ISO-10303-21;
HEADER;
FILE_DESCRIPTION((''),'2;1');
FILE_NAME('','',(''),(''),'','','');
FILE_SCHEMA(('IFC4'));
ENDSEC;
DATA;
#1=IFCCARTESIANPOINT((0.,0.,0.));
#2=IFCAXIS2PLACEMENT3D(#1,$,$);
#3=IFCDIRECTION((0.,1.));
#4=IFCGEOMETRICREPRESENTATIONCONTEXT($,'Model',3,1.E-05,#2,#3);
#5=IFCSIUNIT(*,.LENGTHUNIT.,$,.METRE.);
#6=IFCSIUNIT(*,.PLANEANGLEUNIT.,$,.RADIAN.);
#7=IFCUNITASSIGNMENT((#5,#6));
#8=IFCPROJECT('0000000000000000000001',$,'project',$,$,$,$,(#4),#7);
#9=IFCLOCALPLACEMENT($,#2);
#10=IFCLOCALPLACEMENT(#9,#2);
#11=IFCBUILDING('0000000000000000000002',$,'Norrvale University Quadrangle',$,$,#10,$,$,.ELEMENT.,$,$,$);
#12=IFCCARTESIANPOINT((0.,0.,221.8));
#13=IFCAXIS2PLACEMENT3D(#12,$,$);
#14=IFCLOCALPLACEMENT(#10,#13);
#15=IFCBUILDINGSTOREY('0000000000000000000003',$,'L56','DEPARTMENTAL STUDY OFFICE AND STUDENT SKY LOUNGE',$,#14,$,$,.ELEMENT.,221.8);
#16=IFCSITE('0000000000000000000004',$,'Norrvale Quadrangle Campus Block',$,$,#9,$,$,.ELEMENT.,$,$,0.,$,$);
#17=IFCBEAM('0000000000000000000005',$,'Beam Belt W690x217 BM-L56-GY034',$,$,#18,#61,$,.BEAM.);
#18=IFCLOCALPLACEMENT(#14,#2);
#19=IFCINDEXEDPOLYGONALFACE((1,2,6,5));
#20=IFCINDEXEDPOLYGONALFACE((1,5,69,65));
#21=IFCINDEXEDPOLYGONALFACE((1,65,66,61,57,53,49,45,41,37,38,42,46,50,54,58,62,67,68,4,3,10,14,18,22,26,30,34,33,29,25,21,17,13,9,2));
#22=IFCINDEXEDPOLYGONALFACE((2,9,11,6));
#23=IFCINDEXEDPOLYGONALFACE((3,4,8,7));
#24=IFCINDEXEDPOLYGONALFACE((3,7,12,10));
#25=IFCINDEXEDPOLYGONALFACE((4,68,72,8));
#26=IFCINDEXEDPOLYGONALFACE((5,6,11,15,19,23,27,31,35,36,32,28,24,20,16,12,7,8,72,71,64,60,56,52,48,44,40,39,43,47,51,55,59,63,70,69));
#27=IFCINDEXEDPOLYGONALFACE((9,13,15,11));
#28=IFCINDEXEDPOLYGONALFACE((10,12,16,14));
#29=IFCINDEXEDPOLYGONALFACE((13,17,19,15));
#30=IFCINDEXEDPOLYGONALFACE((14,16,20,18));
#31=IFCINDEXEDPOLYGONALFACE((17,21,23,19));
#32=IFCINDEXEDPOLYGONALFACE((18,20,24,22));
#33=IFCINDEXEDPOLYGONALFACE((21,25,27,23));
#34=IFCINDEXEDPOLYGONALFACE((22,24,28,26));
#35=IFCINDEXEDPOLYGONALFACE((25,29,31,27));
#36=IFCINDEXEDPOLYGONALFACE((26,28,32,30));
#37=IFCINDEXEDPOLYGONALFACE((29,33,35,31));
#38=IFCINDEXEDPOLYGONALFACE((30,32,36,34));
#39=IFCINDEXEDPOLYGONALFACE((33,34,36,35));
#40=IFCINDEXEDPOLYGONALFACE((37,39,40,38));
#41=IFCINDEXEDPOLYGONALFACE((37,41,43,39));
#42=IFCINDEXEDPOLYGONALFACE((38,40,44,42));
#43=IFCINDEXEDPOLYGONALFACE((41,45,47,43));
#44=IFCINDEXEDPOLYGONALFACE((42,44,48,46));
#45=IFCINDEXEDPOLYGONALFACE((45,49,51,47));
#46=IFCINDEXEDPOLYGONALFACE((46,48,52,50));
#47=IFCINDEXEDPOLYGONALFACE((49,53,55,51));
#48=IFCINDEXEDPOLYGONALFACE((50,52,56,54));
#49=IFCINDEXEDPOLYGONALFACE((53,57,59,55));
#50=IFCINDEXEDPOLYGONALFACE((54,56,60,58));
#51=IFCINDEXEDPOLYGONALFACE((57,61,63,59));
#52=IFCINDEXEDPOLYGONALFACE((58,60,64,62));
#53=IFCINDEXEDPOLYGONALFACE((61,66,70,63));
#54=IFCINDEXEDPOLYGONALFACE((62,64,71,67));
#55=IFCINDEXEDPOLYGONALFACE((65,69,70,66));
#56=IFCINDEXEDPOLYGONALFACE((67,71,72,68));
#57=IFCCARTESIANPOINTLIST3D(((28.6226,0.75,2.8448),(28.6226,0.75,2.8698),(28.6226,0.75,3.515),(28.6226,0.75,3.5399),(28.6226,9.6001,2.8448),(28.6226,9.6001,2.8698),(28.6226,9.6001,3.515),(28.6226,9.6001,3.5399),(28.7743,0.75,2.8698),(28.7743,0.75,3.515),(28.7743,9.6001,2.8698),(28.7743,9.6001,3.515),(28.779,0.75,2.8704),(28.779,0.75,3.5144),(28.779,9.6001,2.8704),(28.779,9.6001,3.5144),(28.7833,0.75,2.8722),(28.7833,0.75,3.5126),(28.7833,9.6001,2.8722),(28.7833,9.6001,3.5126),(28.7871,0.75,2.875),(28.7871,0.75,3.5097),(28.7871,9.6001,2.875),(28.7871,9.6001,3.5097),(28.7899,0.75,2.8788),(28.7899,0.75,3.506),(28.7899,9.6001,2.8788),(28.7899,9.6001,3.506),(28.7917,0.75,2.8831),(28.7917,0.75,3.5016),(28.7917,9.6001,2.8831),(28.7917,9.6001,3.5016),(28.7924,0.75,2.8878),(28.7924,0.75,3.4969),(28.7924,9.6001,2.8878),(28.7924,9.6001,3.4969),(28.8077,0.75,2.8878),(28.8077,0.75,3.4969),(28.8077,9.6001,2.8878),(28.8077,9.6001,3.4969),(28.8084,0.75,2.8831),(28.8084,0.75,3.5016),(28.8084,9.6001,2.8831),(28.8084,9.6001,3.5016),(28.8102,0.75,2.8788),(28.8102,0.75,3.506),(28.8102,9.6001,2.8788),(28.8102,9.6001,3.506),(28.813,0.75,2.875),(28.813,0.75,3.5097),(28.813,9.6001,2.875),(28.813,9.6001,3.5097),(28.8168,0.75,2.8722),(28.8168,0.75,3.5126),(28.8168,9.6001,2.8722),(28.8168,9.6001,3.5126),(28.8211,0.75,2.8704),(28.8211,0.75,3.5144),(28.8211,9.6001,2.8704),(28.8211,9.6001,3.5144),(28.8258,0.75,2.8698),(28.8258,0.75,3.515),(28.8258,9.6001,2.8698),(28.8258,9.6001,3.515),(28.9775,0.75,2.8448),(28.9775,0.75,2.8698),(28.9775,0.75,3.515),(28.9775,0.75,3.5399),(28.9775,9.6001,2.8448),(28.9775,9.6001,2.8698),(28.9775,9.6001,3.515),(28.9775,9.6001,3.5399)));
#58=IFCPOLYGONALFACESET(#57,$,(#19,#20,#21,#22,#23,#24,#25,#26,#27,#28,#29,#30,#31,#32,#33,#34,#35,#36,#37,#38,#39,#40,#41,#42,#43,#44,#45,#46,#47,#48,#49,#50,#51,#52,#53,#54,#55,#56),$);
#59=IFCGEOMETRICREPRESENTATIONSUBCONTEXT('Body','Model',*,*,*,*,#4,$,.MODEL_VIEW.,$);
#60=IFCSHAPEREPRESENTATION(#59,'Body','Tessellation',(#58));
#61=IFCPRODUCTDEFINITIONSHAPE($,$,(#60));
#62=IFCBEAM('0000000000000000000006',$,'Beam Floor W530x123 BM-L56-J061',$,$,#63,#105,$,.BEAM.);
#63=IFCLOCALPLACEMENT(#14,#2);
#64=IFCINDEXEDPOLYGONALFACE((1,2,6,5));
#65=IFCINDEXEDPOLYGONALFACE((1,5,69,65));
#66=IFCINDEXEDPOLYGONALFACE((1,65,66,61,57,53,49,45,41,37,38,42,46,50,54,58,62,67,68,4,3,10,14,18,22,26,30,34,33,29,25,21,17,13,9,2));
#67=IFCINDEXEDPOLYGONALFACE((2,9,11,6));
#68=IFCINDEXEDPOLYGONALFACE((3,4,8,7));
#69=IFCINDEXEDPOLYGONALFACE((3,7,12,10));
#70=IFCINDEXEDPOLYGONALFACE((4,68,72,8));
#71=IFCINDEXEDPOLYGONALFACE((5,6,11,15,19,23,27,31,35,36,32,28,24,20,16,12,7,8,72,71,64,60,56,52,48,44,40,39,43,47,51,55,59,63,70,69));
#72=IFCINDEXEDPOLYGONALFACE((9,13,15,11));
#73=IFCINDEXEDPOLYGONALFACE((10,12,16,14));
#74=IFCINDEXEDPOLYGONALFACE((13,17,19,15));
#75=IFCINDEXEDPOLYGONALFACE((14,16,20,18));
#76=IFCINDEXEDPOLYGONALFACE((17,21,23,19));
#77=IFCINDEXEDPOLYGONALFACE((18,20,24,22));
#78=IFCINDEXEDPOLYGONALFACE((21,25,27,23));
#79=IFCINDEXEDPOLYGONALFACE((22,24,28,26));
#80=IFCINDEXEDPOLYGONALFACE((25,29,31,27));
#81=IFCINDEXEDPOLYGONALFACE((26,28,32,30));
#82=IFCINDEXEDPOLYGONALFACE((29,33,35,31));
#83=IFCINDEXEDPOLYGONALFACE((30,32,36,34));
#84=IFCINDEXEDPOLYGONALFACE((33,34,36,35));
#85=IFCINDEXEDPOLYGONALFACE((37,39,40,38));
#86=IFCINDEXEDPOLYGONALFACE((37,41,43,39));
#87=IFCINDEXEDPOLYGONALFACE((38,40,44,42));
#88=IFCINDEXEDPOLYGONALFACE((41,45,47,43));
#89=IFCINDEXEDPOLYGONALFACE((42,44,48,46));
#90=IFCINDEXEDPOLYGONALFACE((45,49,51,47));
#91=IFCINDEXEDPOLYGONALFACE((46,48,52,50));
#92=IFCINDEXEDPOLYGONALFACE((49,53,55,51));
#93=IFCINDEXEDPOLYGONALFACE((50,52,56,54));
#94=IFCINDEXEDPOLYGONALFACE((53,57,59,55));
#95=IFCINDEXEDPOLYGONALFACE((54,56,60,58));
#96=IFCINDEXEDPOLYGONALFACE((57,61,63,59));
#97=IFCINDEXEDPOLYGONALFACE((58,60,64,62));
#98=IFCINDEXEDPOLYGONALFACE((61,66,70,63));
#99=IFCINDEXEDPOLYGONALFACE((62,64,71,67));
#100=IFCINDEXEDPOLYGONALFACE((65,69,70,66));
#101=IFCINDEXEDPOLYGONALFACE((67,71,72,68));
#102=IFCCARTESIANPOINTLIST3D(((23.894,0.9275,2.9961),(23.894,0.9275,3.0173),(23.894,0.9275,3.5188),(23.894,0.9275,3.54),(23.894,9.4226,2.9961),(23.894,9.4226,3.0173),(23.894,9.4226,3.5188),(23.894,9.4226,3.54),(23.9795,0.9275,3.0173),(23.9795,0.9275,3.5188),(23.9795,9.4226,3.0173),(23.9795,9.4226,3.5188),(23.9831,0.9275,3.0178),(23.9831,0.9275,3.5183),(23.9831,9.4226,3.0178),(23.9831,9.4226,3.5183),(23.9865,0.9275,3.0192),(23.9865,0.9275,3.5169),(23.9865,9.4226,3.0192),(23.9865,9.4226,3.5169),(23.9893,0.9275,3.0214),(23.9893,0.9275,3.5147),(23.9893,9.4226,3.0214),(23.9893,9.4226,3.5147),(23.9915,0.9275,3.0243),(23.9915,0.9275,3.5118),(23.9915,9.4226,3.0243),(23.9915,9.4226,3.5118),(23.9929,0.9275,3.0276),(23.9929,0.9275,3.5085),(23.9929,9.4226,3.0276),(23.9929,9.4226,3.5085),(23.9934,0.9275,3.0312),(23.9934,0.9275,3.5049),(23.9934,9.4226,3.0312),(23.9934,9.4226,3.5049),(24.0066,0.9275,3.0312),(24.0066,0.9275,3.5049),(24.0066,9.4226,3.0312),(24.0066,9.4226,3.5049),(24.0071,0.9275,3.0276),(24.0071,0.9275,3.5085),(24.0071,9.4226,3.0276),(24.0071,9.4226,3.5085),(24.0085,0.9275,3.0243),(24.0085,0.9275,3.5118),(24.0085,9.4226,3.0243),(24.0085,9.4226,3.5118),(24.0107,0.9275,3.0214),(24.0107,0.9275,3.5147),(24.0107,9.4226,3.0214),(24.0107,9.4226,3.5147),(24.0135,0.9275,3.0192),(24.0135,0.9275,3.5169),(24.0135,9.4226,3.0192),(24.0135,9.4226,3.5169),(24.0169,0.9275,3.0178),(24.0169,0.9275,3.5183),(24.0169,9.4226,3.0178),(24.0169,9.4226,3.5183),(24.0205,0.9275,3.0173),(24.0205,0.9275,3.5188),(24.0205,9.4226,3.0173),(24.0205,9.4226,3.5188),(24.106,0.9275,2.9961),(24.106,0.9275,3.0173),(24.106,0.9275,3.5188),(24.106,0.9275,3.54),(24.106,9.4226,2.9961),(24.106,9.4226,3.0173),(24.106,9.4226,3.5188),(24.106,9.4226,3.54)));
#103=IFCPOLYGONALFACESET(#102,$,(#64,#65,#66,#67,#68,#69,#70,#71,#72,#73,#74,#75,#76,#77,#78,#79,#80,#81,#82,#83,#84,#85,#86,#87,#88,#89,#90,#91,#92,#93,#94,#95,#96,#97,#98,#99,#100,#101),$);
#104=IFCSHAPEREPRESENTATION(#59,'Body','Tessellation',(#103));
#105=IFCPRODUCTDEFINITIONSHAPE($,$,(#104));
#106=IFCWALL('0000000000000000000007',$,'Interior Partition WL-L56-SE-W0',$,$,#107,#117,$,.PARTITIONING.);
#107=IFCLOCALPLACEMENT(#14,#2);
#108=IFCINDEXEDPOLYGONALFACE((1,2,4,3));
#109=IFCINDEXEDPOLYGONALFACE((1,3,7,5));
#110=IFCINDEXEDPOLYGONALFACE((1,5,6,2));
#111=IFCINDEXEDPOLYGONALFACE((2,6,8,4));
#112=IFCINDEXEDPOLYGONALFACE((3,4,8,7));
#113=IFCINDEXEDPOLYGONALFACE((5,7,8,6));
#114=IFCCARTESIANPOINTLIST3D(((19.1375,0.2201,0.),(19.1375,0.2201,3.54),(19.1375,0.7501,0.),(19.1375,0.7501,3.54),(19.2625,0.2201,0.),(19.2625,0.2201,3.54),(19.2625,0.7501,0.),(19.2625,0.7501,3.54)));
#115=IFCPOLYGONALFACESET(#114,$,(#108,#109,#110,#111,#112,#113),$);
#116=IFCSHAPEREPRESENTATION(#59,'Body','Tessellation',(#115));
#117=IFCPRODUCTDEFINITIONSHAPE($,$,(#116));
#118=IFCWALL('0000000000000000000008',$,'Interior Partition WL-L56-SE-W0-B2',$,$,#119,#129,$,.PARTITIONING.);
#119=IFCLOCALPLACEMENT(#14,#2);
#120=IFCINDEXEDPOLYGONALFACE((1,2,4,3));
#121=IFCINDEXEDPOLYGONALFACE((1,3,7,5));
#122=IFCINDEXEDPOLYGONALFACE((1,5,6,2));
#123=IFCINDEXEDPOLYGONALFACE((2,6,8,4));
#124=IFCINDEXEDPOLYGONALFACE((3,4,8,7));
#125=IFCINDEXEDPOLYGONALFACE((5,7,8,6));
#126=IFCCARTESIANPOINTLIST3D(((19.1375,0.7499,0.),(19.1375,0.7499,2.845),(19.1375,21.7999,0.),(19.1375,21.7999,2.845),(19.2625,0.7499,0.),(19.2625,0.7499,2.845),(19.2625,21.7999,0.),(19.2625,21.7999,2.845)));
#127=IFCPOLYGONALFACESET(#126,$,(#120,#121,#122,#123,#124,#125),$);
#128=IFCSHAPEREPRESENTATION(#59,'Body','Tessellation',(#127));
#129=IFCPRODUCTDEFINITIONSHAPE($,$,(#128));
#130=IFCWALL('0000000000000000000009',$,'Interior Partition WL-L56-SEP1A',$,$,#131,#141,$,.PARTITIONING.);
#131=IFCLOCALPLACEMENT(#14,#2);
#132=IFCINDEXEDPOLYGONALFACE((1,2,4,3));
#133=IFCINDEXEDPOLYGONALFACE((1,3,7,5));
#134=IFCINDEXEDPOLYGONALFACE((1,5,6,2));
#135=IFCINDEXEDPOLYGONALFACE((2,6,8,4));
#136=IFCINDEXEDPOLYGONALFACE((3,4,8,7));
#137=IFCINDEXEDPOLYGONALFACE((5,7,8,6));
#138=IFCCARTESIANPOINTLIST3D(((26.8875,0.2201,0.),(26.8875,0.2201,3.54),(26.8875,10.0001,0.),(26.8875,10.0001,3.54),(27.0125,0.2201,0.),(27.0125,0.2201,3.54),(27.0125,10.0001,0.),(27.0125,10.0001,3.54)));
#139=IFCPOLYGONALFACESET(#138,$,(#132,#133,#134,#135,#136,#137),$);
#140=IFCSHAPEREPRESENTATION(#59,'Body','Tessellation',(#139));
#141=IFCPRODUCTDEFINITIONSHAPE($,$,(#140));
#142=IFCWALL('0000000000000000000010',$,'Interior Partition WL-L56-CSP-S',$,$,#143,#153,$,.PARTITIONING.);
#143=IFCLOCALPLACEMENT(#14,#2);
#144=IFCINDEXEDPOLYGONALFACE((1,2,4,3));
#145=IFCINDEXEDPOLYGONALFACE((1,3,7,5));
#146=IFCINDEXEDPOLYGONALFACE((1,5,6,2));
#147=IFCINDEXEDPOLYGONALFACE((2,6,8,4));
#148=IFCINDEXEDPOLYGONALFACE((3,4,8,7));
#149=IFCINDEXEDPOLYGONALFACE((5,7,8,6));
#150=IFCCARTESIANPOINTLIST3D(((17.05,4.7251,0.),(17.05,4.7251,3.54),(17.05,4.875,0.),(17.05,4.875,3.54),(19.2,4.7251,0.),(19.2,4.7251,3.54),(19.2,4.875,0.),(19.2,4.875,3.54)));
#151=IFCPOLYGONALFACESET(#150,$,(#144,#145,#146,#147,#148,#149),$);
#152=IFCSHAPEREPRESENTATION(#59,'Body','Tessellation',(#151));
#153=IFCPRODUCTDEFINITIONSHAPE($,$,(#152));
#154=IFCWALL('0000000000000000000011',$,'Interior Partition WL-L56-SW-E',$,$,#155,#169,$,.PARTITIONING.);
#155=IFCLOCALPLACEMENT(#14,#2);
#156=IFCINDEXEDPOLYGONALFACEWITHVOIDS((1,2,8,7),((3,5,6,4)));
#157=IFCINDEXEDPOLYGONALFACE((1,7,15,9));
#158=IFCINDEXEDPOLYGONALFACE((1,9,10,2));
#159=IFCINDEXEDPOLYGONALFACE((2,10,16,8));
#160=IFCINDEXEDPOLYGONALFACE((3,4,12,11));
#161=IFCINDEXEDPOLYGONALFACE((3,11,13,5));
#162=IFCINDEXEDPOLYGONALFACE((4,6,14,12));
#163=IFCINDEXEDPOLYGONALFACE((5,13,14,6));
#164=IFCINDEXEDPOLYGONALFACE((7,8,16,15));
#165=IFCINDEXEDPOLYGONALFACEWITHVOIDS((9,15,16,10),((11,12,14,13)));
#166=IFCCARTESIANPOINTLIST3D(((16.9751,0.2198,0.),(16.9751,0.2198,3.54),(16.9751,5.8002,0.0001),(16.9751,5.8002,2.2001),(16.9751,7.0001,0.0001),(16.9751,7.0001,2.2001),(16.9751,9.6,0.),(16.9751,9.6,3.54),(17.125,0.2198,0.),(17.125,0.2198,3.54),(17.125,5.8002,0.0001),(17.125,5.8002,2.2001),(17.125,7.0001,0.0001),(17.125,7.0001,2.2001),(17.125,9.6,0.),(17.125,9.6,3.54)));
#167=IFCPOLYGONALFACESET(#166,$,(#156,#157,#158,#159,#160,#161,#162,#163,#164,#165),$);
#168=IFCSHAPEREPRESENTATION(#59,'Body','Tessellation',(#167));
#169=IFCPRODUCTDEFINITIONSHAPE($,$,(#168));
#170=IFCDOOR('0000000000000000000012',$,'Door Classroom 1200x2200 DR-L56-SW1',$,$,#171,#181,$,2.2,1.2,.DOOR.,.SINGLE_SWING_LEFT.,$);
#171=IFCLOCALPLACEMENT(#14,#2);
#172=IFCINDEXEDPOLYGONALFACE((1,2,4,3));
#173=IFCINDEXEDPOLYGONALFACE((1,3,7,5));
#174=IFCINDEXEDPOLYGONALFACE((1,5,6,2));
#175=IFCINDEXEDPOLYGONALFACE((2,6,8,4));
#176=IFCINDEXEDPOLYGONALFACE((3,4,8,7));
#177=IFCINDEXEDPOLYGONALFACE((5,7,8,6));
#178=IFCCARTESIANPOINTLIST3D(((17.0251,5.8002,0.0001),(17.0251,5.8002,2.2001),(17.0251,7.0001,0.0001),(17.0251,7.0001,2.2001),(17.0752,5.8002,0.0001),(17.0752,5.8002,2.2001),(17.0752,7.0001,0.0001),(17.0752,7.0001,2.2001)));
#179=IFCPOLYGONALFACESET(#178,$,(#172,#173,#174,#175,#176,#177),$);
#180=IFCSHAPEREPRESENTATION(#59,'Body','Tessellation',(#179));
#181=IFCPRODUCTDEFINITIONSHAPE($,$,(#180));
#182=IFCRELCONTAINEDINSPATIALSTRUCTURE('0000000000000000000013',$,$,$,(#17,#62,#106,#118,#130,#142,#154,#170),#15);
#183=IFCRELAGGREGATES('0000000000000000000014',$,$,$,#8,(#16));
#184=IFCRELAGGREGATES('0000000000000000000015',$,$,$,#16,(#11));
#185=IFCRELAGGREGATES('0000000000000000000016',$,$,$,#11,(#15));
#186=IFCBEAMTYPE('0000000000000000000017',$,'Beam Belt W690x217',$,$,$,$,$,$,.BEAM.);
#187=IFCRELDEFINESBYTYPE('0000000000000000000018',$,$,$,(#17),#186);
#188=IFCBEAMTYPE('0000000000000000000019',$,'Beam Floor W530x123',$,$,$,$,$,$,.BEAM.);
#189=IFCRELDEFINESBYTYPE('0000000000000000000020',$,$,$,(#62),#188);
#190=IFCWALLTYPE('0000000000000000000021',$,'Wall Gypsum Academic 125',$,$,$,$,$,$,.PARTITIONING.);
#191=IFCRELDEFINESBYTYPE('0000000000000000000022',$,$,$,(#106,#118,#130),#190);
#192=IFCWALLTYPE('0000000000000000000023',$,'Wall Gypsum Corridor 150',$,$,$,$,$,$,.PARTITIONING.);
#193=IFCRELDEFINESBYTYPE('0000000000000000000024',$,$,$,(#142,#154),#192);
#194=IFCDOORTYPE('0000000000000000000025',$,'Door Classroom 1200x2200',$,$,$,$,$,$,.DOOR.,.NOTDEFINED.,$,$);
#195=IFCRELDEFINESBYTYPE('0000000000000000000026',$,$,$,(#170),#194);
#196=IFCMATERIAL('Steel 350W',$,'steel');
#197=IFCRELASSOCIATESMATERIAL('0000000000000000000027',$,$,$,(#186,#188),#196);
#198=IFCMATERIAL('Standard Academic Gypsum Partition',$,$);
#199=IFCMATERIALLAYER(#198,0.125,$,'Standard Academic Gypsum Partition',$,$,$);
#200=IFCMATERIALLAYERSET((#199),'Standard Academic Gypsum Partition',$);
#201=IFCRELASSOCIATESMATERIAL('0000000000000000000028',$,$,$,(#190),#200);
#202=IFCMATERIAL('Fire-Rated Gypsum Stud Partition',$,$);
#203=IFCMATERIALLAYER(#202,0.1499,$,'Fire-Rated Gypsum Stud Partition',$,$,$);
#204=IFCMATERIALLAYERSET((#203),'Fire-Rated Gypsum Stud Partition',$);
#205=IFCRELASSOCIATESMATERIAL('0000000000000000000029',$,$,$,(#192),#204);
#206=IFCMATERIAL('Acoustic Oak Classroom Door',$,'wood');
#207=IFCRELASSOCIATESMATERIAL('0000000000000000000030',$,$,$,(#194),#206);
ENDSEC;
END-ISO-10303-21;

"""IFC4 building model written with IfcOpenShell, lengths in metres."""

from ifc_helpers import new_model, si_unit, direction, frame, frame_2d, origin, origin_2d, place, context, subcontext, project, spatial, rectangle, i_section, extrude, material, layer, layer_set, material_profile, profile_set, type_object, element, fill, save


model = new_model("IFC4")

# Units and contexts
model_context = context("Model", 3, precision=1e-05, world=origin(), true_north=direction((0.0, 1.0)))
body_context = subcontext(model_context, "Body", "Model", "MODEL_VIEW")
ifc_project = project(units=[si_unit("LENGTHUNIT", "METRE"), si_unit("PLANEANGLEUNIT", "RADIAN")], contexts=[model_context])

# Site, building, storey
site_placement = place(None, origin())
site = spatial("IfcSite", under=ifc_project, at=site_placement, Name="Norrvale Quadrangle Campus Block", CompositionType="ELEMENT", RefElevation=0.0)
building_placement = place(site_placement, origin())
building = spatial("IfcBuilding", under=site, at=building_placement, Name="Norrvale University Quadrangle", CompositionType="ELEMENT")
storey_placement = place(building_placement, frame((0.0, 0.0, 221.8)))
storey = spatial("IfcBuildingStorey", under=building, at=storey_placement, Name="L56", Description="DEPARTMENTAL STUDY OFFICE AND STUDENT SKY LOUNGE", CompositionType="ELEMENT", Elevation=221.8)

# Beams
ifc_material_1 = material(Name="Steel 350W", Category="steel")
ifc_material_profile_1 = material_profile(ifc_material_1, i_section(OverallWidth=0.355, OverallDepth=0.6951, WebThickness=0.0154, FlangeThickness=0.0249, FilletRadius=0.0181, at=origin_2d()), Name="Steel 350W")
ifc_profile_set_1 = profile_set([ifc_material_profile_1], Name="Steel 350W")
beam_type_1 = type_object("IfcBeamType", Name="Beam Belt W690x217", PredefinedType="BEAM", material=ifc_profile_set_1)
beam_1_placement = place(storey_placement, frame((28.8, 0.75, 3.1924), z_axis=(0.0, 1.0, 0.0), x_axis=(-1.0, 0.0, 0.0)))
element("IfcBeam", 1, at=beam_1_placement, inside=storey, type_object=beam_type_1, Name="Beam Belt W690x217 BM-L56-GY034", PredefinedType="BEAM", context=body_context, shape_type="SweptSolid", body=[
    extrude(i_section(OverallWidth=0.355, OverallDepth=0.6951, WebThickness=0.0154, FlangeThickness=0.0249, FilletRadius=0.0181, at=origin_2d()), origin(), (0.0, 0.0, 1.0), 8.8501),
])
ifc_material_profile_2 = material_profile(ifc_material_1, i_section(OverallWidth=0.2119, OverallDepth=0.5439, WebThickness=0.0132, FlangeThickness=0.0212, FilletRadius=0.0139, at=origin_2d()), Name="Steel 350W")
ifc_profile_set_2 = profile_set([ifc_material_profile_2], Name="Steel 350W")
beam_type_2 = type_object("IfcBeamType", Name="Beam Floor W530x123", PredefinedType="BEAM", material=ifc_profile_set_2)
beam_2_placement = place(storey_placement, frame((24.0, 0.9275, 3.2681), z_axis=(0.0, 1.0, 0.0), x_axis=(-1.0, 0.0, 0.0)))
element("IfcBeam", 2, at=beam_2_placement, inside=storey, type_object=beam_type_2, Name="Beam Floor W530x123 BM-L56-J061", PredefinedType="BEAM", context=body_context, shape_type="SweptSolid", body=[
    extrude(i_section(OverallWidth=0.2119, OverallDepth=0.5439, WebThickness=0.0132, FlangeThickness=0.0212, FilletRadius=0.0139, at=origin_2d()), origin(), (0.0, 0.0, 1.0), 8.4951),
])

# Walls
ifc_material_2 = material(Name="Standard Academic Gypsum Partition")
ifc_layer_1 = layer(ifc_material_2, 0.125, Name="Standard Academic Gypsum Partition")
ifc_layer_set_1 = layer_set([ifc_layer_1], Name="Standard Academic Gypsum Partition")
wall_type_1 = type_object("IfcWallType", Name="Wall Gypsum Academic 125", PredefinedType="PARTITIONING", material=ifc_layer_set_1)
wall_1_placement = place(storey_placement, frame((19.2, 0.22, 0.0), z_axis=(0.0, 0.0, 1.0), x_axis=(0.0, 1.0, 0.0)))
element("IfcWall", 3, at=wall_1_placement, inside=storey, type_object=wall_type_1, Name="Interior Partition WL-L56-SE-W0", PredefinedType="PARTITIONING", context=body_context, shape_type="SweptSolid", body=[
    extrude(rectangle(XDim=0.53, YDim=0.125, at=frame_2d((0.2651, 0.0))), origin(), (0.0, 0.0, 1.0), 3.54),
])
wall_2_placement = place(storey_placement, frame((19.2, 0.75, 0.0), z_axis=(0.0, 0.0, 1.0), x_axis=(0.0, 1.0, 0.0)))
element("IfcWall", 4, at=wall_2_placement, inside=storey, type_object=wall_type_1, Name="Interior Partition WL-L56-SE-W0-B2", PredefinedType="PARTITIONING", context=body_context, shape_type="SweptSolid", body=[
    extrude(rectangle(XDim=21.05, YDim=0.125, at=frame_2d((10.5249, 0.0))), origin(), (0.0, 0.0, 1.0), 2.845),
])
wall_3_placement = place(storey_placement, frame((26.95, 0.22, 0.0), z_axis=(0.0, 0.0, 1.0), x_axis=(0.0, 1.0, 0.0)))
element("IfcWall", 5, at=wall_3_placement, inside=storey, type_object=wall_type_1, Name="Interior Partition WL-L56-SEP1A", PredefinedType="PARTITIONING", context=body_context, shape_type="SweptSolid", body=[
    extrude(rectangle(XDim=9.78, YDim=0.125, at=frame_2d((4.8901, 0.0))), origin(), (0.0, 0.0, 1.0), 3.54),
])
ifc_material_3 = material(Name="Fire-Rated Gypsum Stud Partition")
ifc_layer_2 = layer(ifc_material_3, 0.1499, Name="Fire-Rated Gypsum Stud Partition")
ifc_layer_set_2 = layer_set([ifc_layer_2], Name="Fire-Rated Gypsum Stud Partition")
wall_type_2 = type_object("IfcWallType", Name="Wall Gypsum Corridor 150", PredefinedType="PARTITIONING", material=ifc_layer_set_2)
wall_4_placement = place(storey_placement, frame((17.05, 4.8, 0.0), z_axis=(0.0, 0.0, 1.0), x_axis=(1.0, 0.0, 0.0)))
element("IfcWall", 6, at=wall_4_placement, inside=storey, type_object=wall_type_2, Name="Interior Partition WL-L56-CSP-S", PredefinedType="PARTITIONING", context=body_context, shape_type="SweptSolid", body=[
    extrude(rectangle(XDim=2.1499, YDim=0.1499, at=frame_2d((1.075, 0.0))), origin(), (0.0, 0.0, 1.0), 3.54),
])

# Wall, opening, door
wall_5_placement = place(storey_placement, frame((17.05, 0.22, 0.0), z_axis=(0.0, 0.0, 1.0), x_axis=(0.0, 1.0, 0.0)))
wall_5 = element("IfcWall", 7, at=wall_5_placement, inside=storey, type_object=wall_type_2, Name="Interior Partition WL-L56-SW-E", PredefinedType="PARTITIONING", context=body_context, shape_type="SweptSolid", body=[
    extrude(rectangle(XDim=9.3801, YDim=0.1499, at=frame_2d((4.6899, 0.0))), origin(), (0.0, 0.0, 1.0), 3.54),
])
opening_placement = place(wall_5_placement, frame((5.5801, 0.0, 0.0)))
opening = element("IfcOpeningElement", 8, at=opening_placement, cuts=wall_5, PredefinedType="OPENING", context=body_context, shape_type="SweptSolid", body=[
    extrude(rectangle(XDim=1.2, YDim=2.2, at=frame_2d((0.6001, 1.1001))), frame((0.0, 0.0869, 0.0), z_axis=(0.0, -1.0, 0.0), x_axis=(1.0, 0.0, 0.0)), (0.0, 0.0, 1.0), 0.1738),
])
ifc_material_4 = material(Name="Acoustic Oak Classroom Door", Category="wood")
door_type = type_object("IfcDoorType", Name="Door Classroom 1200x2200", OperationType="NOTDEFINED", PredefinedType="DOOR", material=ifc_material_4)
door_placement = place(opening_placement, origin())
door = element("IfcDoor", 9, at=door_placement, inside=storey, type_object=door_type, Name="Door Classroom 1200x2200 DR-L56-SW1", OperationType="SINGLE_SWING_LEFT", OverallHeight=2.2, OverallWidth=1.2, PredefinedType="DOOR", context=body_context, shape_type="SweptSolid", body=[
    extrude(rectangle(XDim=1.2, YDim=2.2, at=frame_2d((0.6001, 1.1001))), frame((0.0, 0.0249, 0.0), z_axis=(0.0, -1.0, 0.0), x_axis=(1.0, 0.0, 0.0)), (0.0, 0.0, 1.0), 0.05),
])
fill(opening, door)

save(model, "model.ifc")
